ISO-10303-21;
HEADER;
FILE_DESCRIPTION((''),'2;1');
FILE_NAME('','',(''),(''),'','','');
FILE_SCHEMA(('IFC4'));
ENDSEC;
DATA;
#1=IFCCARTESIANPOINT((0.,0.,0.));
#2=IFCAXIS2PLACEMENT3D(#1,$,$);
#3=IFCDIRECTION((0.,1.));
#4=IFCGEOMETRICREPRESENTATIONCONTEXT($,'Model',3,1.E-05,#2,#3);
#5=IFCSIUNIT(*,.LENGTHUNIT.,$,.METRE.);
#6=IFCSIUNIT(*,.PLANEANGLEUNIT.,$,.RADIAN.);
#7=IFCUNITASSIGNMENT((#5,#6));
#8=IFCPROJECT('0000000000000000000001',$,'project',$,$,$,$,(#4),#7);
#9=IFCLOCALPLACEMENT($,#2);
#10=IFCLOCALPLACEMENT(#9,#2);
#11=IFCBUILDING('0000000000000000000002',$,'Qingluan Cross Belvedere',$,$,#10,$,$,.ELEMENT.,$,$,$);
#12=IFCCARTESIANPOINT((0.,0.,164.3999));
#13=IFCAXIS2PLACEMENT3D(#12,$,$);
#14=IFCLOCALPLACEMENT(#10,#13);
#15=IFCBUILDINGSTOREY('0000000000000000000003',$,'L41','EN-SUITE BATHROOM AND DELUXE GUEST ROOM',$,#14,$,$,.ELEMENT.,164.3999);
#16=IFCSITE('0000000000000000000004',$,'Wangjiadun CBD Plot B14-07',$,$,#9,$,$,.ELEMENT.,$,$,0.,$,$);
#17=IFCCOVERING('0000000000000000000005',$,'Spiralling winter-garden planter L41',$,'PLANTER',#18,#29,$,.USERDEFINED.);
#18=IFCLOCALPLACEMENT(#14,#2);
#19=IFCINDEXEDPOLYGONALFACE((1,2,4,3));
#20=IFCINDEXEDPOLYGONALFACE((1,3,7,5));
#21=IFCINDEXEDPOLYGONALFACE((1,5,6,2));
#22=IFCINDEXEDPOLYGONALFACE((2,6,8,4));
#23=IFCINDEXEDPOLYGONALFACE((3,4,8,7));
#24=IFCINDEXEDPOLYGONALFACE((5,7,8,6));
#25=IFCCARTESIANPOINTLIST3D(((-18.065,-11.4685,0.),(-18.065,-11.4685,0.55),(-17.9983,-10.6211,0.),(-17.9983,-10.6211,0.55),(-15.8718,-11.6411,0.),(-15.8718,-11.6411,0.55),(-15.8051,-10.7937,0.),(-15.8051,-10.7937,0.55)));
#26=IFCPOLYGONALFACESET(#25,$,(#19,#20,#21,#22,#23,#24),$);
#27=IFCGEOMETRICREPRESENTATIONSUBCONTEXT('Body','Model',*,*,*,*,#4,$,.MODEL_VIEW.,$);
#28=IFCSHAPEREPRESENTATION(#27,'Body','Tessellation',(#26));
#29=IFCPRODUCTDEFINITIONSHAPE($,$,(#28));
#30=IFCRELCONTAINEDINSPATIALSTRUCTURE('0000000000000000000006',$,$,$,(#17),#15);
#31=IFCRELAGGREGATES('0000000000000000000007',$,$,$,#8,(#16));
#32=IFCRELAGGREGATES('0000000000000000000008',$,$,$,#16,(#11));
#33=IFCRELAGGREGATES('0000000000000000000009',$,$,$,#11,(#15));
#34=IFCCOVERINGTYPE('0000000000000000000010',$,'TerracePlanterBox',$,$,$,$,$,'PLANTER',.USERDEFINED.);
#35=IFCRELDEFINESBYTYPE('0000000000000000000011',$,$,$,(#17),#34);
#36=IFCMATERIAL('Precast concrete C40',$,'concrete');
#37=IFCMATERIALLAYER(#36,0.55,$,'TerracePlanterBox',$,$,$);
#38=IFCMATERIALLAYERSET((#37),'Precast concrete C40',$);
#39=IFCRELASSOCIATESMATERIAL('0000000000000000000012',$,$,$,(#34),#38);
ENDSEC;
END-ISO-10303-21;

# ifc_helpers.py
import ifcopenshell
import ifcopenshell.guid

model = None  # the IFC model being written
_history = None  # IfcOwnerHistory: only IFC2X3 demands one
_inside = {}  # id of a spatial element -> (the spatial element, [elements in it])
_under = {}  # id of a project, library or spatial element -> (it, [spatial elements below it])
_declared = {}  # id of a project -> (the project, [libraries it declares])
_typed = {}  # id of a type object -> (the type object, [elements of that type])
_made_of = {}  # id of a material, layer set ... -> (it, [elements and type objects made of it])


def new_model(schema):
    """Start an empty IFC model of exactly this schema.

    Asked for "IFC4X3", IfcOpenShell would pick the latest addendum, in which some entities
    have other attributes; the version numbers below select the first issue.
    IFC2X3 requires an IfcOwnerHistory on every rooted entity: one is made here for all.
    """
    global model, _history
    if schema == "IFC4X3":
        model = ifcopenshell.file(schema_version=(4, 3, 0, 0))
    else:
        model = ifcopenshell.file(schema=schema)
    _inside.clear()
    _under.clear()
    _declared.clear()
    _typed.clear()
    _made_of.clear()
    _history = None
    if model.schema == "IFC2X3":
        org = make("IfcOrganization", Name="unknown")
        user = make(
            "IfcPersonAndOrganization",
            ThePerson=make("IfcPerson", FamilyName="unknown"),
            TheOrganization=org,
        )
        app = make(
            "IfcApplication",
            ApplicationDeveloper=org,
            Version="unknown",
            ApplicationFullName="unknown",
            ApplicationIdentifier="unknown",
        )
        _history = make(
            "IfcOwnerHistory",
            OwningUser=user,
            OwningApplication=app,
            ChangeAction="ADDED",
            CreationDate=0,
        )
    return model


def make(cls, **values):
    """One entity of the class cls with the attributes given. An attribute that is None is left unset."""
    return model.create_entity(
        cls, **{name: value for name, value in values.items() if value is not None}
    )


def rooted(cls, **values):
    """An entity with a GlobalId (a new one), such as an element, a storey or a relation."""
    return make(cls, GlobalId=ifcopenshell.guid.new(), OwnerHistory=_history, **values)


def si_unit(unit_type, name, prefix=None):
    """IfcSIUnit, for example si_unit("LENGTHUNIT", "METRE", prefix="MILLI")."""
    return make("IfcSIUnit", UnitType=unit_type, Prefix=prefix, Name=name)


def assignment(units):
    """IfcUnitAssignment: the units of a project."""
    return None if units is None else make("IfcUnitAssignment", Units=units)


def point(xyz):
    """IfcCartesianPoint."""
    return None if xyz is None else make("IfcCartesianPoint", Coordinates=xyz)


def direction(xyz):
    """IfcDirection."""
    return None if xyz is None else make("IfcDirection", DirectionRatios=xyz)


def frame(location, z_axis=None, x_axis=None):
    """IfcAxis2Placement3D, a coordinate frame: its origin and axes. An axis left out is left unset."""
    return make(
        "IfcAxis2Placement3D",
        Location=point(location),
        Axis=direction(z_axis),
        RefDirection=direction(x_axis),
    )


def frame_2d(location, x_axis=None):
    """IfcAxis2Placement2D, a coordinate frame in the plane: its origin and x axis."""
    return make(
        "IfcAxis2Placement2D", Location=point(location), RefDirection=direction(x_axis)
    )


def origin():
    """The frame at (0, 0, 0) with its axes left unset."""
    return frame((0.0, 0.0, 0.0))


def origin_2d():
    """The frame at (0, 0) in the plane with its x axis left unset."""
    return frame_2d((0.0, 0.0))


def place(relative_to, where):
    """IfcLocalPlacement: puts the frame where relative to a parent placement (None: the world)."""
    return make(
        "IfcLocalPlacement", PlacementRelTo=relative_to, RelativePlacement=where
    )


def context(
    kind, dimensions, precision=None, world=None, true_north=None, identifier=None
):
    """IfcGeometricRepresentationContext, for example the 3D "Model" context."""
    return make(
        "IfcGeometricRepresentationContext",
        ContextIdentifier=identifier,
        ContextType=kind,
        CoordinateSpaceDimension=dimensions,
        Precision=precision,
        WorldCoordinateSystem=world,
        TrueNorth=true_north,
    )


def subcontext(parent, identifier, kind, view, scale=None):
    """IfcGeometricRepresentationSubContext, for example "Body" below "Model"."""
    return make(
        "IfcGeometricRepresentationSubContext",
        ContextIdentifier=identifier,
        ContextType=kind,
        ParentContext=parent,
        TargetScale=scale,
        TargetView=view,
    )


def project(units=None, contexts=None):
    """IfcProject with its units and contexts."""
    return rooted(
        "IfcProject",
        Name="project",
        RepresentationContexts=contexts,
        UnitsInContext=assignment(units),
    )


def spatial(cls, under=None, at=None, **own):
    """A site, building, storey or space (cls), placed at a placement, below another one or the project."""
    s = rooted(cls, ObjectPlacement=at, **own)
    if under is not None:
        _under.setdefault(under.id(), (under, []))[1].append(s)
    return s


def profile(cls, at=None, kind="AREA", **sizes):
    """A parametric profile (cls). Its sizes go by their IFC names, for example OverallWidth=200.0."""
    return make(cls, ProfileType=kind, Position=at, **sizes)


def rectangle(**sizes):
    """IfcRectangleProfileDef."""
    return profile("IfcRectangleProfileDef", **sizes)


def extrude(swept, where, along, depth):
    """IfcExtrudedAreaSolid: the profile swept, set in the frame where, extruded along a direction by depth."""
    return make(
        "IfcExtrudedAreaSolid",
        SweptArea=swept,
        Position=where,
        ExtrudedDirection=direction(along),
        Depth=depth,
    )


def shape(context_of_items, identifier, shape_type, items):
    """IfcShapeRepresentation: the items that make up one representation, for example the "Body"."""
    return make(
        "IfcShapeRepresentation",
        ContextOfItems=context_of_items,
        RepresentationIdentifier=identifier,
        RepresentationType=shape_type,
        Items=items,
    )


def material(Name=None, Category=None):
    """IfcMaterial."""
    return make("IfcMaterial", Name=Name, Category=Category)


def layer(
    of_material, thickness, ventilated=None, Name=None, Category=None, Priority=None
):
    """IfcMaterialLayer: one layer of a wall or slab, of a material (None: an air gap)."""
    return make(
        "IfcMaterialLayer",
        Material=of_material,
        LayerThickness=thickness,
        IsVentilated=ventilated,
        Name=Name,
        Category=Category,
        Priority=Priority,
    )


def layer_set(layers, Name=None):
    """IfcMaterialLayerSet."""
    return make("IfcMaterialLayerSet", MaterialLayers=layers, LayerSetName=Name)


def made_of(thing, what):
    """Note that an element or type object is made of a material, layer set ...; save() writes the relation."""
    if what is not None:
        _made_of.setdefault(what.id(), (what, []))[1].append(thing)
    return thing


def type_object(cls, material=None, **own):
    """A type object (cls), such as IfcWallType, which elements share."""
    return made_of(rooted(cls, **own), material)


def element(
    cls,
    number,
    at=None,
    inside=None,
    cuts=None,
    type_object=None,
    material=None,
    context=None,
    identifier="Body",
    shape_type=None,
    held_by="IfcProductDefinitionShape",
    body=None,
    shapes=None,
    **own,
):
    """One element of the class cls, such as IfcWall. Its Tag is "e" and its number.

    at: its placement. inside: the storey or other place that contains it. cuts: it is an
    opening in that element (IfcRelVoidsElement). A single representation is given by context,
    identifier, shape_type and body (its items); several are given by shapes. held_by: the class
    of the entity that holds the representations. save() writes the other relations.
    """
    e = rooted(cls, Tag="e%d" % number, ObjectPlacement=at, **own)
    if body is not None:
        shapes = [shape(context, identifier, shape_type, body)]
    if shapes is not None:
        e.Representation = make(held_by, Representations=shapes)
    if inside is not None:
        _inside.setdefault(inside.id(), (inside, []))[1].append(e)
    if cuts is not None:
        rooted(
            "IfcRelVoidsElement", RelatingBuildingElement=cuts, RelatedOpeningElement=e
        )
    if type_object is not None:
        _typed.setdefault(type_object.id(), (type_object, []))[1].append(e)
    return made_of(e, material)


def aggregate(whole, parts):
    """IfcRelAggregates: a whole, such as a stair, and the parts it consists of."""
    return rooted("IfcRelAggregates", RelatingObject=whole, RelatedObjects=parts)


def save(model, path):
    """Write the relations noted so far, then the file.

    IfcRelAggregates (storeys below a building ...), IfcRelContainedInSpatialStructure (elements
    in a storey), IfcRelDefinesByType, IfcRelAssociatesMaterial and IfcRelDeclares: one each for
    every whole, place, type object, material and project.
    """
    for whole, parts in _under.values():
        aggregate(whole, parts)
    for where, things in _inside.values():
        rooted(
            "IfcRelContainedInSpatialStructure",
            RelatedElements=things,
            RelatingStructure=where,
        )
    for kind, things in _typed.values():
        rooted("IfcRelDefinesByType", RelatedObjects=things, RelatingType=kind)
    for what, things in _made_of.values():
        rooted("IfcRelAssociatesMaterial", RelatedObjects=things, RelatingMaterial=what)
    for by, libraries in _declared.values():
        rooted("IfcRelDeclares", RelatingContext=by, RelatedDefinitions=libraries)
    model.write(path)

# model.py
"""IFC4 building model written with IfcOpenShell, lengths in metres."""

from ifc_helpers import new_model, si_unit, direction, frame, origin, origin_2d, place, context, subcontext, project, spatial, rectangle, extrude, material, layer, layer_set, type_object, element, save


model = new_model("IFC4")

# Units and contexts
model_context = context("Model", 3, precision=1e-05, world=origin(), true_north=direction((0.0, 1.0)))
body_context = subcontext(model_context, "Body", "Model", "MODEL_VIEW")
ifc_project = project(units=[si_unit("LENGTHUNIT", "METRE"), si_unit("PLANEANGLEUNIT", "RADIAN")], contexts=[model_context])

# Site, building, storey
site_placement = place(None, origin())
site = spatial("IfcSite", under=ifc_project, at=site_placement, Name="Wangjiadun CBD Plot B14-07", CompositionType="ELEMENT", RefElevation=0.0)
building_placement = place(site_placement, origin())
building = spatial("IfcBuilding", under=site, at=building_placement, Name="Qingluan Cross Belvedere", CompositionType="ELEMENT")
storey_placement = place(building_placement, frame((0.0, 0.0, 164.3999)))
storey = spatial("IfcBuildingStorey", under=building, at=storey_placement, Name="L41", Description="EN-SUITE BATHROOM AND DELUXE GUEST ROOM", CompositionType="ELEMENT", Elevation=164.3999)

# Covering
ifc_material_1 = material(Name="Precast concrete C40", Category="concrete")
ifc_layer_1 = layer(ifc_material_1, 0.55, Name="TerracePlanterBox")
ifc_layer_set_1 = layer_set([ifc_layer_1], Name="Precast concrete C40")
covering_type_1 = type_object("IfcCoveringType", Name="TerracePlanterBox", ElementType="PLANTER", PredefinedType="USERDEFINED", material=ifc_layer_set_1)
covering_placement = place(storey_placement, frame((-16.9351, -11.1311, 0.0), z_axis=(0.0, 0.0, 1.0), x_axis=(0.996917, -0.078459, 0.0)))
element("IfcCovering", 1, at=covering_placement, inside=storey, type_object=covering_type_1, Name="Spiralling winter-garden planter L41", ObjectType="PLANTER", PredefinedType="USERDEFINED", context=body_context, shape_type="SweptSolid", body=[
    extrude(rectangle(XDim=2.2, YDim=0.8501, at=origin_2d()), origin(), (0.0, 0.0, 1.0), 0.55),
])

save(model, "model.ifc")
